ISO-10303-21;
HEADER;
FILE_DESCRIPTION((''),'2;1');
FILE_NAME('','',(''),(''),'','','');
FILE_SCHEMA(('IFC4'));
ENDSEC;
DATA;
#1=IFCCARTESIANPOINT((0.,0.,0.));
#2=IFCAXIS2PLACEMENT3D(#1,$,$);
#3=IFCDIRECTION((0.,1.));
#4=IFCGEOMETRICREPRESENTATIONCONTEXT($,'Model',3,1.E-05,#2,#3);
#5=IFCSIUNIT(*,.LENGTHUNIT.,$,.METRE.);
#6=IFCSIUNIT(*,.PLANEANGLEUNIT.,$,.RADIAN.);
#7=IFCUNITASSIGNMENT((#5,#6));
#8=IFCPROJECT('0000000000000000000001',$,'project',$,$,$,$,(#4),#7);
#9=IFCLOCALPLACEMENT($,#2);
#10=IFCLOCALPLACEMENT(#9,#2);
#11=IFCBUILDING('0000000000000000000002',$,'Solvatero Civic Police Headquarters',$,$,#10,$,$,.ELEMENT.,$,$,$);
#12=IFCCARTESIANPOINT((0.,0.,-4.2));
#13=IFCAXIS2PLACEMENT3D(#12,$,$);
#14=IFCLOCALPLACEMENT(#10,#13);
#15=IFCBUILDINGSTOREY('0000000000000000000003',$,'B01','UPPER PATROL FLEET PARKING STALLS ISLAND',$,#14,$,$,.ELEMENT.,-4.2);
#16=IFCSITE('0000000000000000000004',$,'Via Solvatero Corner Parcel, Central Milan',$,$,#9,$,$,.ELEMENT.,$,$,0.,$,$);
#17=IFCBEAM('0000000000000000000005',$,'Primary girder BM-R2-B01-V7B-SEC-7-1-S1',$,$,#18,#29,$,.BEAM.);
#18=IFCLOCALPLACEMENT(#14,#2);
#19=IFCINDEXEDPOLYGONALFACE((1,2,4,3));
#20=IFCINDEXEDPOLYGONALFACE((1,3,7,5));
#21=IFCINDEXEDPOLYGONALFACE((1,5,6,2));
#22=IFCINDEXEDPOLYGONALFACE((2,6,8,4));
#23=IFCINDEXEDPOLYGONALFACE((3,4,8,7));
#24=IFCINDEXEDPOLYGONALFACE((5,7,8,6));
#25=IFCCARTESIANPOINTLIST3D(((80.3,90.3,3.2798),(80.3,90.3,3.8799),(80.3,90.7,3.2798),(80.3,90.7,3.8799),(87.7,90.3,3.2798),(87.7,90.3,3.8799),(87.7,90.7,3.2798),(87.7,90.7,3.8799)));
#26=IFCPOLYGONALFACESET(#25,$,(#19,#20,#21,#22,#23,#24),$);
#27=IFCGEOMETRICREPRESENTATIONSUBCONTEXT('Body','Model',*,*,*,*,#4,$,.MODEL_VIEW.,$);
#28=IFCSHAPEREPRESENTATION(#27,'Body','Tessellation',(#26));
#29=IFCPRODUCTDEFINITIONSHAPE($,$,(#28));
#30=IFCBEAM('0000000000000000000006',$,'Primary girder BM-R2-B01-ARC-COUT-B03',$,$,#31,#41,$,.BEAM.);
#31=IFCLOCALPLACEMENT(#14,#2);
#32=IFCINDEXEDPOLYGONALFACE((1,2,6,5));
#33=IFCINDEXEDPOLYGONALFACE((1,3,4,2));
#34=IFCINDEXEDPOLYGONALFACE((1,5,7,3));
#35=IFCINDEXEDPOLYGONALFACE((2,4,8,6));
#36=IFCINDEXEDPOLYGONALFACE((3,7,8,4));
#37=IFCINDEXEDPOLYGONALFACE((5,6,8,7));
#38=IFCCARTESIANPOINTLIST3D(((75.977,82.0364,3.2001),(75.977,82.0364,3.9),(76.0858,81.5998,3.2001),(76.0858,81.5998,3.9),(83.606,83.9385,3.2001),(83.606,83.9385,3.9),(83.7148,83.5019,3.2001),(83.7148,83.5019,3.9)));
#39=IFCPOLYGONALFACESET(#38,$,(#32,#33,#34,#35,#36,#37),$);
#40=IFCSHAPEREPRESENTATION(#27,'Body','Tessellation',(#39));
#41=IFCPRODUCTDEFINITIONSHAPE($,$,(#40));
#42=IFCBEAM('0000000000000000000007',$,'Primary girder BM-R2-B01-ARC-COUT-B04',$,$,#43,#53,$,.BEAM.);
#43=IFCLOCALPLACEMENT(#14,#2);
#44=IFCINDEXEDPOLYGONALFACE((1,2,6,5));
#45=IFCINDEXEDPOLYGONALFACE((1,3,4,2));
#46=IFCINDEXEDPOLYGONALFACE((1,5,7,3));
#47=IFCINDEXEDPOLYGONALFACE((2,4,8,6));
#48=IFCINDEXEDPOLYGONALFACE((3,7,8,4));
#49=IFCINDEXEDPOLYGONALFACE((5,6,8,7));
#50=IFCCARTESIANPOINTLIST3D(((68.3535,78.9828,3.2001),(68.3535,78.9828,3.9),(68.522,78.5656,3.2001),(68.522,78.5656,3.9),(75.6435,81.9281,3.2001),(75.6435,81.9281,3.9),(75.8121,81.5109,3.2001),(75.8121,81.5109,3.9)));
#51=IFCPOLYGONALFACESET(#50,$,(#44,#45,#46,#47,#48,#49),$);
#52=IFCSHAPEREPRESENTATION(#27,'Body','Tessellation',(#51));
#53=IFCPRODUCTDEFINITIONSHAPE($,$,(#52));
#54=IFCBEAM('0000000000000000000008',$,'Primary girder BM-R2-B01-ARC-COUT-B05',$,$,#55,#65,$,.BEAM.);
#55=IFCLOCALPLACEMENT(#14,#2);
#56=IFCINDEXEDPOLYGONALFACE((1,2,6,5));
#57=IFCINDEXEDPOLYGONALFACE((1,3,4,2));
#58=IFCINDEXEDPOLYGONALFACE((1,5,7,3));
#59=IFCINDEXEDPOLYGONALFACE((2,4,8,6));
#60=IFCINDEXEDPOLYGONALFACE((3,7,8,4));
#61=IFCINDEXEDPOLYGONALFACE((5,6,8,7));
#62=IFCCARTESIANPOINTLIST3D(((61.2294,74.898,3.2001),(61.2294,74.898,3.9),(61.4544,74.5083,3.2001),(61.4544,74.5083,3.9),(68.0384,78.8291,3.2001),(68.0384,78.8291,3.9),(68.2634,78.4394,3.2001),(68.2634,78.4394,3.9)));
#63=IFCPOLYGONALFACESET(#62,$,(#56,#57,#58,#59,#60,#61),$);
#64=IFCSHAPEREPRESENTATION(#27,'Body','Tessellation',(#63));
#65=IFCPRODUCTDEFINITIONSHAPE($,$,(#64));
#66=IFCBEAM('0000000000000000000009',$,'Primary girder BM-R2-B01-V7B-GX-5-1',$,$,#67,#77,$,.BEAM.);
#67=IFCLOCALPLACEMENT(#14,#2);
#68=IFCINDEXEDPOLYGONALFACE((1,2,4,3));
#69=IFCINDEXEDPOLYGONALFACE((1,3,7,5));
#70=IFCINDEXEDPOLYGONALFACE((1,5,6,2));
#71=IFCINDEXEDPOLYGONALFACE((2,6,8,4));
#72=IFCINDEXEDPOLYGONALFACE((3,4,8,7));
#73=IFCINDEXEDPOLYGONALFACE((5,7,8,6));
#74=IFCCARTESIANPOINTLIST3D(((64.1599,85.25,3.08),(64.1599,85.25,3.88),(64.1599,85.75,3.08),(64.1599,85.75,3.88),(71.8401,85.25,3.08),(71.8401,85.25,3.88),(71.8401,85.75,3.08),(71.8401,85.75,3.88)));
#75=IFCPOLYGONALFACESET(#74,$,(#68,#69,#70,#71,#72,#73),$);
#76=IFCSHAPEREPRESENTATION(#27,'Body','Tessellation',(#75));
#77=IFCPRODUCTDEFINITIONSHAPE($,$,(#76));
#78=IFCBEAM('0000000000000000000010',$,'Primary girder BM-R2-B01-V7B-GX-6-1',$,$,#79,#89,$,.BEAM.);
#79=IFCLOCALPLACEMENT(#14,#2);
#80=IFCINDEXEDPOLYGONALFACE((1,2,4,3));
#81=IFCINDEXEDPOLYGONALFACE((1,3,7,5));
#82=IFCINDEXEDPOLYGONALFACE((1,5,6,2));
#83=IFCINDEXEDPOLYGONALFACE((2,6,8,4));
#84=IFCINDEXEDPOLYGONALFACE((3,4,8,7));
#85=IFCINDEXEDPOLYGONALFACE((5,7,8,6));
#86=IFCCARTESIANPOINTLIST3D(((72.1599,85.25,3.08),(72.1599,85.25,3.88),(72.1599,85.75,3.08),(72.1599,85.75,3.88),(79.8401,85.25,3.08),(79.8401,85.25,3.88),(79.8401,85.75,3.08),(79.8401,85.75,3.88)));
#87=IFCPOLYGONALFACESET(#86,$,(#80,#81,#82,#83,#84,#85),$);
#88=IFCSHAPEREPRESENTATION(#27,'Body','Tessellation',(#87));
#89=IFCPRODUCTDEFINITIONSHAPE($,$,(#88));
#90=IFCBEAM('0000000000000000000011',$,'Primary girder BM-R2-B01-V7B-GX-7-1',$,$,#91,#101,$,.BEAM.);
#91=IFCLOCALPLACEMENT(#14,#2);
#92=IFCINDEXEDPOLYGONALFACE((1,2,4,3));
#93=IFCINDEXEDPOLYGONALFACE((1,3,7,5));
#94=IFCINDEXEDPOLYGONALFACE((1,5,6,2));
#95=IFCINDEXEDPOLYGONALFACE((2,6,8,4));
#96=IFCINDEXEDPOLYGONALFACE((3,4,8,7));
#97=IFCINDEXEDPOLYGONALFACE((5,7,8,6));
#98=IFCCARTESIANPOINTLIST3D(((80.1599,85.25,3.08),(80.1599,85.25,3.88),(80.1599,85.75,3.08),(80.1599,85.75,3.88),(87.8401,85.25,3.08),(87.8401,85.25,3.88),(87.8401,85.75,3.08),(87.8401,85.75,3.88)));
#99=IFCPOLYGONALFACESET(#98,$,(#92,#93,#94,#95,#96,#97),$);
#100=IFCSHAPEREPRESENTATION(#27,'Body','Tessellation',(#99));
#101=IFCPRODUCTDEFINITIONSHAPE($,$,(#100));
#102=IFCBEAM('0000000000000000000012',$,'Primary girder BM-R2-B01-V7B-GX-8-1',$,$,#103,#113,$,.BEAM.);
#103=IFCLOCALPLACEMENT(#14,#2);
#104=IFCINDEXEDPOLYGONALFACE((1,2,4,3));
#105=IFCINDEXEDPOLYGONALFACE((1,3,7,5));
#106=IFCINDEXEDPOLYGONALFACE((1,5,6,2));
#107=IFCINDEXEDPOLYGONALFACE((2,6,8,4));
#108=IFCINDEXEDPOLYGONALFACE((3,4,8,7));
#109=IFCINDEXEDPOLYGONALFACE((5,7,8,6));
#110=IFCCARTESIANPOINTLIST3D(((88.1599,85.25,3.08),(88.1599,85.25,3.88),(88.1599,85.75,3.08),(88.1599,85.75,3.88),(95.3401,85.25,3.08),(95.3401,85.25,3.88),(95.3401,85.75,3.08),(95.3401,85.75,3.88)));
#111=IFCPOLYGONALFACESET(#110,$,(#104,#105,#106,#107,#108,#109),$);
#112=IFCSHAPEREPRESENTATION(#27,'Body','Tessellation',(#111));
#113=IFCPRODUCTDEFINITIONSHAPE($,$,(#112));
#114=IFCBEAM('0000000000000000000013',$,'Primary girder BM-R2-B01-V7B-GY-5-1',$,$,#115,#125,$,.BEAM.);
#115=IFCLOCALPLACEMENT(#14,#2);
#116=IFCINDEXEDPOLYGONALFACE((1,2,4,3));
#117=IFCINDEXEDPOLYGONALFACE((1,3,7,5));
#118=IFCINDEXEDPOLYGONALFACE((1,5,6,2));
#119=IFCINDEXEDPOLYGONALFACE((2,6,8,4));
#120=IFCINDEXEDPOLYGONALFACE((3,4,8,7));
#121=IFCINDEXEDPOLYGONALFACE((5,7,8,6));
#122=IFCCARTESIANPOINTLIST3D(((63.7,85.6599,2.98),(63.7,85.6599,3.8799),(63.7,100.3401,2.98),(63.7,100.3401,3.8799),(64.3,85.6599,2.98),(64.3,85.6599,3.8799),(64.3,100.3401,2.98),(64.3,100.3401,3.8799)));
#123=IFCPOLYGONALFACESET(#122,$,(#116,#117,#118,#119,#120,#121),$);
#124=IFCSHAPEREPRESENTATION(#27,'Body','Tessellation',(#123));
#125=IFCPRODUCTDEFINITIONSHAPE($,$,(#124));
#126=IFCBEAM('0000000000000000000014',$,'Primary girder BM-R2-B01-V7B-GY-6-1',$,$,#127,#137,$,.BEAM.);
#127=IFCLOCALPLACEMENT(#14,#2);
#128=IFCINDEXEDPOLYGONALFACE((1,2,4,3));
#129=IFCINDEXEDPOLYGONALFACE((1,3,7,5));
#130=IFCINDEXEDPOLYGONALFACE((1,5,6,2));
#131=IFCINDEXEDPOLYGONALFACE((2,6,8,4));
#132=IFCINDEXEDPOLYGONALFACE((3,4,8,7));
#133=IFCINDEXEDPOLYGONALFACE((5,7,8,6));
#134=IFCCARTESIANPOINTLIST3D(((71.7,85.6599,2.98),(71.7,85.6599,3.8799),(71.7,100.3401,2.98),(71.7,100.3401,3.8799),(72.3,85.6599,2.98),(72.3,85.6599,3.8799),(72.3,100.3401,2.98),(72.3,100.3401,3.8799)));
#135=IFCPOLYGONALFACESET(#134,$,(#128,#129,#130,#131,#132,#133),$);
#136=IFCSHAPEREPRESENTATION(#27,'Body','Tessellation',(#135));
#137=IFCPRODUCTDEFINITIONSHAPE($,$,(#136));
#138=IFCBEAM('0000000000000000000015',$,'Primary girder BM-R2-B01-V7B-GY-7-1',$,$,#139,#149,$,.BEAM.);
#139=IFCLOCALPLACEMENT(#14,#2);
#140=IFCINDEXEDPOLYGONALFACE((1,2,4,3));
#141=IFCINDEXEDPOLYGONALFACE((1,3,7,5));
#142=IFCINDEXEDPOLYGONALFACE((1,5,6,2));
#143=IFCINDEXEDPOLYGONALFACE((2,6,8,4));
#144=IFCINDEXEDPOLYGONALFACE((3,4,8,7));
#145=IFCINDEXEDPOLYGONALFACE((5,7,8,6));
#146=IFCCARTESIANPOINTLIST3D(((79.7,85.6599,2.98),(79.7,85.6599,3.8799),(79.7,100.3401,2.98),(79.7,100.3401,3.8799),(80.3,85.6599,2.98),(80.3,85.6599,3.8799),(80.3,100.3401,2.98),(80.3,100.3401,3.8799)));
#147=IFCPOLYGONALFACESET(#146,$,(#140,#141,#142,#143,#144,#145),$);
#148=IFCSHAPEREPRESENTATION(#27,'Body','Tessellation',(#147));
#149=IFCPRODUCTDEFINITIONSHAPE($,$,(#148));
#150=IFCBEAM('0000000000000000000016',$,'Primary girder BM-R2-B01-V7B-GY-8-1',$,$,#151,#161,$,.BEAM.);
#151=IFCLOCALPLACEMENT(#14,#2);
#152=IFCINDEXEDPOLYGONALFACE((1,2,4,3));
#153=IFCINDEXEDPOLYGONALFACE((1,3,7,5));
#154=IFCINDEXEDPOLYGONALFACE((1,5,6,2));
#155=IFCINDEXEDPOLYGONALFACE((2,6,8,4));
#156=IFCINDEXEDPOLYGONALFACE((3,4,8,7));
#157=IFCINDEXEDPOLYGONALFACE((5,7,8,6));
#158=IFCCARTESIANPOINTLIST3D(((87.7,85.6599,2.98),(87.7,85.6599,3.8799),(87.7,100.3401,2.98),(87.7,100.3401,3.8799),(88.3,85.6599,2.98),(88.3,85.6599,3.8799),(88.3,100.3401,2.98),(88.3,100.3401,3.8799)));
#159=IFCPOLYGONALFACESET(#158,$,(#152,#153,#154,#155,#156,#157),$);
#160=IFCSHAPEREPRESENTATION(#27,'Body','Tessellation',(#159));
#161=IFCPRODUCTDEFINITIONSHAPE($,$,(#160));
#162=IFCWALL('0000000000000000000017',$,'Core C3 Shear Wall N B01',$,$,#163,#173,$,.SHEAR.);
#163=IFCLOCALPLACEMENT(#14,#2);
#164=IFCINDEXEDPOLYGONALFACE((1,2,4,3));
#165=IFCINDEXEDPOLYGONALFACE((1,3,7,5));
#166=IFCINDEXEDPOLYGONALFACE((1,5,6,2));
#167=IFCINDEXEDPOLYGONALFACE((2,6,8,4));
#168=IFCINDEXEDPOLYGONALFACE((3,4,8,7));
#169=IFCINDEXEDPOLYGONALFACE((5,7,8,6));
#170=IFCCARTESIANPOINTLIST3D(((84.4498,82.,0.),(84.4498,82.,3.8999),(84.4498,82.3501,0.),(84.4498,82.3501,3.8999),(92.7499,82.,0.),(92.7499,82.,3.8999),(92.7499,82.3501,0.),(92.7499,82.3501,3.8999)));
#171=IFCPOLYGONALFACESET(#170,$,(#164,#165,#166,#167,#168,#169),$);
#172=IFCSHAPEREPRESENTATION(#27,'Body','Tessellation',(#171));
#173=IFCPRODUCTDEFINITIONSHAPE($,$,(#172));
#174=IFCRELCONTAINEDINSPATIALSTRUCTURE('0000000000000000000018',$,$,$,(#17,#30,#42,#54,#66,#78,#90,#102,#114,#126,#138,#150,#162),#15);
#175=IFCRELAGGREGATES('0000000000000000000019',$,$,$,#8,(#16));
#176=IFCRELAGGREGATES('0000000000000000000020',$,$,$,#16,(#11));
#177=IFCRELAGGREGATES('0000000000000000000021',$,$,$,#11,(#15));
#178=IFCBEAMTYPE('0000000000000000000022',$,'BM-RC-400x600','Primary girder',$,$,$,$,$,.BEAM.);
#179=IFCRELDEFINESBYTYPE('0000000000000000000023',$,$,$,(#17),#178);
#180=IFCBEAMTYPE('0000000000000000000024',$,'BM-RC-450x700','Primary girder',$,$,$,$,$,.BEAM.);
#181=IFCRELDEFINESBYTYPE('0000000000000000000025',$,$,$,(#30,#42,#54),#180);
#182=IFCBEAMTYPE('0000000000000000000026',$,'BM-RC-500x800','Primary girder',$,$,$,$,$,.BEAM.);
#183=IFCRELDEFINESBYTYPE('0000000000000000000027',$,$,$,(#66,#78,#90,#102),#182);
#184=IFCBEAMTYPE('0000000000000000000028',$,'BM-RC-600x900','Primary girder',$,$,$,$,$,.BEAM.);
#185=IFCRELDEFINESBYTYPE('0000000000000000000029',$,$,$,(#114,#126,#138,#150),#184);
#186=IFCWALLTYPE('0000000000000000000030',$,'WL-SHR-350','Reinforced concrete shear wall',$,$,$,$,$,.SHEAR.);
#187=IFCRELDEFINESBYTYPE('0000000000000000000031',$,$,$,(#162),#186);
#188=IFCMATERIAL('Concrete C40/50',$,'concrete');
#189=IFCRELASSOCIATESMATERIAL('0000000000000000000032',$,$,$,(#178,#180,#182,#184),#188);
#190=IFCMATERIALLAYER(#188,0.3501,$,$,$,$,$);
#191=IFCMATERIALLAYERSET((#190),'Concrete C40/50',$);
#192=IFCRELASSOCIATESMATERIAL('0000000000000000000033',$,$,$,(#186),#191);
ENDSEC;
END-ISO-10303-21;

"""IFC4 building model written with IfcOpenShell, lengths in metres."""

from ifc_helpers import new_model, si_unit, direction, frame, frame_2d, origin, origin_2d, place, context, subcontext, project, spatial, rectangle, extrude, material, layer, layer_set, material_profile, profile_set, type_object, element, save


model = new_model("IFC4")

# Units and contexts
model_context = context("Model", 3, precision=1e-05, world=origin(), true_north=direction((0.0, 1.0)))
body_context = subcontext(model_context, "Body", "Model", "MODEL_VIEW")
ifc_project = project(units=[si_unit("LENGTHUNIT", "METRE"), si_unit("PLANEANGLEUNIT", "RADIAN")], contexts=[model_context])

# Site, building, storey
site_placement = place(None, origin())
site = spatial("IfcSite", under=ifc_project, at=site_placement, Name="Via Solvatero Corner Parcel, Central Milan", CompositionType="ELEMENT", RefElevation=0.0)
building_placement = place(site_placement, origin())
building = spatial("IfcBuilding", under=site, at=building_placement, Name="Solvatero Civic Police Headquarters", CompositionType="ELEMENT")
storey_placement = place(building_placement, frame((0.0, 0.0, -4.2)))
storey = spatial("IfcBuildingStorey", under=building, at=storey_placement, Name="B01", Description="UPPER PATROL FLEET PARKING STALLS ISLAND", CompositionType="ELEMENT", Elevation=-4.2)

# Shared definitions
ifc_material_1 = material(Name="Concrete C40/50", Category="concrete")

# Beams
ifc_material_profile_1 = material_profile(ifc_material_1, rectangle(XDim=0.3999, YDim=0.6001, at=origin_2d()), Name="RC 400x600")
ifc_profile_set_1 = profile_set([ifc_material_profile_1], Name="Concrete C40/50")
beam_type_1 = type_object("IfcBeamType", Name="BM-RC-400x600", Description="Primary girder", PredefinedType="BEAM", material=ifc_profile_set_1)
for number, where, z_axis, x_axis, name in (
    (1, (80.3, 90.5, 3.5798), (1.0, 0.0, 0.0), (0.0, 1.0, 0.0), "Primary girder BM-R2-B01-V7B-SEC-7-1-S1"),
):
    element("IfcBeam", number, at=place(storey_placement, frame(where, z_axis=z_axis, x_axis=x_axis)), inside=storey, type_object=beam_type_1, Name=name, PredefinedType="BEAM", context=body_context, shape_type="SweptSolid", body=[
        extrude(rectangle(XDim=0.3999, YDim=0.6001, at=origin_2d()), origin(), (0.0, 0.0, 1.0), 7.3999),
    ])
ifc_material_profile_2 = material_profile(ifc_material_1, rectangle(XDim=0.45, YDim=0.7, at=origin_2d()), Name="RC 450x700")
ifc_profile_set_2 = profile_set([ifc_material_profile_2], Name="Concrete C40/50")
beam_type_2 = type_object("IfcBeamType", Name="BM-RC-450x700", Description="Primary girder", PredefinedType="BEAM", material=ifc_profile_set_2)
for number, where, z_axis, x_axis, name in (
    (2, (83.6604, 83.7202, 3.55), (-0.970296, -0.241922, 0.0), (0.241922, -0.970296, 0.0), "Primary girder BM-R2-B01-ARC-COUT-B03"),
    (3, (75.7278, 81.7195, 3.55), (-0.927186, -0.374601, 0.0), (0.374601, -0.927186, 0.0), "Primary girder BM-R2-B01-ARC-COUT-B04"),
):
    element("IfcBeam", number, at=place(storey_placement, frame(where, z_axis=z_axis, x_axis=x_axis)), inside=storey, type_object=beam_type_2, Name=name, PredefinedType="BEAM", context=body_context, shape_type="SweptSolid", body=[
        extrude(rectangle(XDim=0.45, YDim=0.7, at=origin_2d()), origin(), (0.0, 0.0, 1.0), 7.8625),
    ])
beam_1_placement = place(storey_placement, frame((68.1509, 78.6343, 3.55), z_axis=(-0.866029, -0.499993, 0.0), x_axis=(0.499993, -0.866029, 0.0)))
element("IfcBeam", 4, at=beam_1_placement, inside=storey, type_object=beam_type_2, Name="Primary girder BM-R2-B01-ARC-COUT-B05", PredefinedType="BEAM", context=body_context, shape_type="SweptSolid", body=[
    extrude(rectangle(XDim=0.45, YDim=0.7, at=origin_2d()), origin(), (0.0, 0.0, 1.0), 7.8623),
])
ifc_material_profile_3 = material_profile(ifc_material_1, rectangle(XDim=0.5, YDim=0.8, at=origin_2d()), Name="RC 500x800")
ifc_profile_set_3 = profile_set([ifc_material_profile_3], Name="Concrete C40/50")
beam_type_3 = type_object("IfcBeamType", Name="BM-RC-500x800", Description="Primary girder", PredefinedType="BEAM", material=ifc_profile_set_3)
for number, where, z_axis, x_axis, name in (
    (5, (64.1599, 85.5, 3.48), (1.0, 0.0, 0.0), (0.0, 1.0, 0.0), "Primary girder BM-R2-B01-V7B-GX-5-1"),
    (6, (72.1599, 85.5, 3.48), (1.0, 0.0, 0.0), (0.0, 1.0, 0.0), "Primary girder BM-R2-B01-V7B-GX-6-1"),
    (7, (80.1599, 85.5, 3.48), (1.0, 0.0, 0.0), (0.0, 1.0, 0.0), "Primary girder BM-R2-B01-V7B-GX-7-1"),
):
    element("IfcBeam", number, at=place(storey_placement, frame(where, z_axis=z_axis, x_axis=x_axis)), inside=storey, type_object=beam_type_3, Name=name, PredefinedType="BEAM", context=body_context, shape_type="SweptSolid", body=[
        extrude(rectangle(XDim=0.5, YDim=0.8, at=origin_2d()), origin(), (0.0, 0.0, 1.0), 7.6802),
    ])
beam_2_placement = place(storey_placement, frame((88.1599, 85.5, 3.48), z_axis=(1.0, 0.0, 0.0), x_axis=(0.0, 1.0, 0.0)))
element("IfcBeam", 8, at=beam_2_placement, inside=storey, type_object=beam_type_3, Name="Primary girder BM-R2-B01-V7B-GX-8-1", PredefinedType="BEAM", context=body_context, shape_type="SweptSolid", body=[
    extrude(rectangle(XDim=0.5, YDim=0.8, at=origin_2d()), origin(), (0.0, 0.0, 1.0), 7.1802),
])
ifc_material_profile_4 = material_profile(ifc_material_1, rectangle(XDim=0.6001, YDim=0.8999, at=origin_2d()), Name="RC 600x900")
ifc_profile_set_4 = profile_set([ifc_material_profile_4], Name="Concrete C40/50")
beam_type_4 = type_object("IfcBeamType", Name="BM-RC-600x900", Description="Primary girder", PredefinedType="BEAM", material=ifc_profile_set_4)
for number, where, z_axis, x_axis, name in (
    (9, (64.0, 85.6599, 3.4299), (0.0, 1.0, 0.0), (-1.0, 0.0, 0.0), "Primary girder BM-R2-B01-V7B-GY-5-1"),
    (10, (72.0, 85.6599, 3.4299), (0.0, 1.0, 0.0), (-1.0, 0.0, 0.0), "Primary girder BM-R2-B01-V7B-GY-6-1"),
    (11, (80.0, 85.6599, 3.4299), (0.0, 1.0, 0.0), (-1.0, 0.0, 0.0), "Primary girder BM-R2-B01-V7B-GY-7-1"),
    (12, (88.0, 85.6599, 3.4299), (0.0, 1.0, 0.0), (-1.0, 0.0, 0.0), "Primary girder BM-R2-B01-V7B-GY-8-1"),
):
    element("IfcBeam", number, at=place(storey_placement, frame(where, z_axis=z_axis, x_axis=x_axis)), inside=storey, type_object=beam_type_4, Name=name, PredefinedType="BEAM", context=body_context, shape_type="SweptSolid", body=[
        extrude(rectangle(XDim=0.6001, YDim=0.8999, at=origin_2d()), origin(), (0.0, 0.0, 1.0), 14.6802),
    ])

# Wall
ifc_layer = layer(ifc_material_1, 0.3501)
ifc_layer_set = layer_set([ifc_layer], Name="Concrete C40/50")
wall_type = type_object("IfcWallType", Name="WL-SHR-350", Description="Reinforced concrete shear wall", PredefinedType="SHEAR", material=ifc_layer_set)
wall_placement = place(storey_placement, frame((84.45, 82.175, 0.0), z_axis=(0.0, 0.0, 1.0), x_axis=(1.0, 0.0, 0.0)))
element("IfcWall", 13, at=wall_placement, inside=storey, type_object=wall_type, Name="Core C3 Shear Wall N B01", PredefinedType="SHEAR", context=body_context, shape_type="SweptSolid", body=[
    extrude(rectangle(XDim=8.3, YDim=0.3501, at=frame_2d((4.1499, 0.0))), origin(), (0.0, 0.0, 1.0), 3.8999),
])

save(model, "model.ifc")
